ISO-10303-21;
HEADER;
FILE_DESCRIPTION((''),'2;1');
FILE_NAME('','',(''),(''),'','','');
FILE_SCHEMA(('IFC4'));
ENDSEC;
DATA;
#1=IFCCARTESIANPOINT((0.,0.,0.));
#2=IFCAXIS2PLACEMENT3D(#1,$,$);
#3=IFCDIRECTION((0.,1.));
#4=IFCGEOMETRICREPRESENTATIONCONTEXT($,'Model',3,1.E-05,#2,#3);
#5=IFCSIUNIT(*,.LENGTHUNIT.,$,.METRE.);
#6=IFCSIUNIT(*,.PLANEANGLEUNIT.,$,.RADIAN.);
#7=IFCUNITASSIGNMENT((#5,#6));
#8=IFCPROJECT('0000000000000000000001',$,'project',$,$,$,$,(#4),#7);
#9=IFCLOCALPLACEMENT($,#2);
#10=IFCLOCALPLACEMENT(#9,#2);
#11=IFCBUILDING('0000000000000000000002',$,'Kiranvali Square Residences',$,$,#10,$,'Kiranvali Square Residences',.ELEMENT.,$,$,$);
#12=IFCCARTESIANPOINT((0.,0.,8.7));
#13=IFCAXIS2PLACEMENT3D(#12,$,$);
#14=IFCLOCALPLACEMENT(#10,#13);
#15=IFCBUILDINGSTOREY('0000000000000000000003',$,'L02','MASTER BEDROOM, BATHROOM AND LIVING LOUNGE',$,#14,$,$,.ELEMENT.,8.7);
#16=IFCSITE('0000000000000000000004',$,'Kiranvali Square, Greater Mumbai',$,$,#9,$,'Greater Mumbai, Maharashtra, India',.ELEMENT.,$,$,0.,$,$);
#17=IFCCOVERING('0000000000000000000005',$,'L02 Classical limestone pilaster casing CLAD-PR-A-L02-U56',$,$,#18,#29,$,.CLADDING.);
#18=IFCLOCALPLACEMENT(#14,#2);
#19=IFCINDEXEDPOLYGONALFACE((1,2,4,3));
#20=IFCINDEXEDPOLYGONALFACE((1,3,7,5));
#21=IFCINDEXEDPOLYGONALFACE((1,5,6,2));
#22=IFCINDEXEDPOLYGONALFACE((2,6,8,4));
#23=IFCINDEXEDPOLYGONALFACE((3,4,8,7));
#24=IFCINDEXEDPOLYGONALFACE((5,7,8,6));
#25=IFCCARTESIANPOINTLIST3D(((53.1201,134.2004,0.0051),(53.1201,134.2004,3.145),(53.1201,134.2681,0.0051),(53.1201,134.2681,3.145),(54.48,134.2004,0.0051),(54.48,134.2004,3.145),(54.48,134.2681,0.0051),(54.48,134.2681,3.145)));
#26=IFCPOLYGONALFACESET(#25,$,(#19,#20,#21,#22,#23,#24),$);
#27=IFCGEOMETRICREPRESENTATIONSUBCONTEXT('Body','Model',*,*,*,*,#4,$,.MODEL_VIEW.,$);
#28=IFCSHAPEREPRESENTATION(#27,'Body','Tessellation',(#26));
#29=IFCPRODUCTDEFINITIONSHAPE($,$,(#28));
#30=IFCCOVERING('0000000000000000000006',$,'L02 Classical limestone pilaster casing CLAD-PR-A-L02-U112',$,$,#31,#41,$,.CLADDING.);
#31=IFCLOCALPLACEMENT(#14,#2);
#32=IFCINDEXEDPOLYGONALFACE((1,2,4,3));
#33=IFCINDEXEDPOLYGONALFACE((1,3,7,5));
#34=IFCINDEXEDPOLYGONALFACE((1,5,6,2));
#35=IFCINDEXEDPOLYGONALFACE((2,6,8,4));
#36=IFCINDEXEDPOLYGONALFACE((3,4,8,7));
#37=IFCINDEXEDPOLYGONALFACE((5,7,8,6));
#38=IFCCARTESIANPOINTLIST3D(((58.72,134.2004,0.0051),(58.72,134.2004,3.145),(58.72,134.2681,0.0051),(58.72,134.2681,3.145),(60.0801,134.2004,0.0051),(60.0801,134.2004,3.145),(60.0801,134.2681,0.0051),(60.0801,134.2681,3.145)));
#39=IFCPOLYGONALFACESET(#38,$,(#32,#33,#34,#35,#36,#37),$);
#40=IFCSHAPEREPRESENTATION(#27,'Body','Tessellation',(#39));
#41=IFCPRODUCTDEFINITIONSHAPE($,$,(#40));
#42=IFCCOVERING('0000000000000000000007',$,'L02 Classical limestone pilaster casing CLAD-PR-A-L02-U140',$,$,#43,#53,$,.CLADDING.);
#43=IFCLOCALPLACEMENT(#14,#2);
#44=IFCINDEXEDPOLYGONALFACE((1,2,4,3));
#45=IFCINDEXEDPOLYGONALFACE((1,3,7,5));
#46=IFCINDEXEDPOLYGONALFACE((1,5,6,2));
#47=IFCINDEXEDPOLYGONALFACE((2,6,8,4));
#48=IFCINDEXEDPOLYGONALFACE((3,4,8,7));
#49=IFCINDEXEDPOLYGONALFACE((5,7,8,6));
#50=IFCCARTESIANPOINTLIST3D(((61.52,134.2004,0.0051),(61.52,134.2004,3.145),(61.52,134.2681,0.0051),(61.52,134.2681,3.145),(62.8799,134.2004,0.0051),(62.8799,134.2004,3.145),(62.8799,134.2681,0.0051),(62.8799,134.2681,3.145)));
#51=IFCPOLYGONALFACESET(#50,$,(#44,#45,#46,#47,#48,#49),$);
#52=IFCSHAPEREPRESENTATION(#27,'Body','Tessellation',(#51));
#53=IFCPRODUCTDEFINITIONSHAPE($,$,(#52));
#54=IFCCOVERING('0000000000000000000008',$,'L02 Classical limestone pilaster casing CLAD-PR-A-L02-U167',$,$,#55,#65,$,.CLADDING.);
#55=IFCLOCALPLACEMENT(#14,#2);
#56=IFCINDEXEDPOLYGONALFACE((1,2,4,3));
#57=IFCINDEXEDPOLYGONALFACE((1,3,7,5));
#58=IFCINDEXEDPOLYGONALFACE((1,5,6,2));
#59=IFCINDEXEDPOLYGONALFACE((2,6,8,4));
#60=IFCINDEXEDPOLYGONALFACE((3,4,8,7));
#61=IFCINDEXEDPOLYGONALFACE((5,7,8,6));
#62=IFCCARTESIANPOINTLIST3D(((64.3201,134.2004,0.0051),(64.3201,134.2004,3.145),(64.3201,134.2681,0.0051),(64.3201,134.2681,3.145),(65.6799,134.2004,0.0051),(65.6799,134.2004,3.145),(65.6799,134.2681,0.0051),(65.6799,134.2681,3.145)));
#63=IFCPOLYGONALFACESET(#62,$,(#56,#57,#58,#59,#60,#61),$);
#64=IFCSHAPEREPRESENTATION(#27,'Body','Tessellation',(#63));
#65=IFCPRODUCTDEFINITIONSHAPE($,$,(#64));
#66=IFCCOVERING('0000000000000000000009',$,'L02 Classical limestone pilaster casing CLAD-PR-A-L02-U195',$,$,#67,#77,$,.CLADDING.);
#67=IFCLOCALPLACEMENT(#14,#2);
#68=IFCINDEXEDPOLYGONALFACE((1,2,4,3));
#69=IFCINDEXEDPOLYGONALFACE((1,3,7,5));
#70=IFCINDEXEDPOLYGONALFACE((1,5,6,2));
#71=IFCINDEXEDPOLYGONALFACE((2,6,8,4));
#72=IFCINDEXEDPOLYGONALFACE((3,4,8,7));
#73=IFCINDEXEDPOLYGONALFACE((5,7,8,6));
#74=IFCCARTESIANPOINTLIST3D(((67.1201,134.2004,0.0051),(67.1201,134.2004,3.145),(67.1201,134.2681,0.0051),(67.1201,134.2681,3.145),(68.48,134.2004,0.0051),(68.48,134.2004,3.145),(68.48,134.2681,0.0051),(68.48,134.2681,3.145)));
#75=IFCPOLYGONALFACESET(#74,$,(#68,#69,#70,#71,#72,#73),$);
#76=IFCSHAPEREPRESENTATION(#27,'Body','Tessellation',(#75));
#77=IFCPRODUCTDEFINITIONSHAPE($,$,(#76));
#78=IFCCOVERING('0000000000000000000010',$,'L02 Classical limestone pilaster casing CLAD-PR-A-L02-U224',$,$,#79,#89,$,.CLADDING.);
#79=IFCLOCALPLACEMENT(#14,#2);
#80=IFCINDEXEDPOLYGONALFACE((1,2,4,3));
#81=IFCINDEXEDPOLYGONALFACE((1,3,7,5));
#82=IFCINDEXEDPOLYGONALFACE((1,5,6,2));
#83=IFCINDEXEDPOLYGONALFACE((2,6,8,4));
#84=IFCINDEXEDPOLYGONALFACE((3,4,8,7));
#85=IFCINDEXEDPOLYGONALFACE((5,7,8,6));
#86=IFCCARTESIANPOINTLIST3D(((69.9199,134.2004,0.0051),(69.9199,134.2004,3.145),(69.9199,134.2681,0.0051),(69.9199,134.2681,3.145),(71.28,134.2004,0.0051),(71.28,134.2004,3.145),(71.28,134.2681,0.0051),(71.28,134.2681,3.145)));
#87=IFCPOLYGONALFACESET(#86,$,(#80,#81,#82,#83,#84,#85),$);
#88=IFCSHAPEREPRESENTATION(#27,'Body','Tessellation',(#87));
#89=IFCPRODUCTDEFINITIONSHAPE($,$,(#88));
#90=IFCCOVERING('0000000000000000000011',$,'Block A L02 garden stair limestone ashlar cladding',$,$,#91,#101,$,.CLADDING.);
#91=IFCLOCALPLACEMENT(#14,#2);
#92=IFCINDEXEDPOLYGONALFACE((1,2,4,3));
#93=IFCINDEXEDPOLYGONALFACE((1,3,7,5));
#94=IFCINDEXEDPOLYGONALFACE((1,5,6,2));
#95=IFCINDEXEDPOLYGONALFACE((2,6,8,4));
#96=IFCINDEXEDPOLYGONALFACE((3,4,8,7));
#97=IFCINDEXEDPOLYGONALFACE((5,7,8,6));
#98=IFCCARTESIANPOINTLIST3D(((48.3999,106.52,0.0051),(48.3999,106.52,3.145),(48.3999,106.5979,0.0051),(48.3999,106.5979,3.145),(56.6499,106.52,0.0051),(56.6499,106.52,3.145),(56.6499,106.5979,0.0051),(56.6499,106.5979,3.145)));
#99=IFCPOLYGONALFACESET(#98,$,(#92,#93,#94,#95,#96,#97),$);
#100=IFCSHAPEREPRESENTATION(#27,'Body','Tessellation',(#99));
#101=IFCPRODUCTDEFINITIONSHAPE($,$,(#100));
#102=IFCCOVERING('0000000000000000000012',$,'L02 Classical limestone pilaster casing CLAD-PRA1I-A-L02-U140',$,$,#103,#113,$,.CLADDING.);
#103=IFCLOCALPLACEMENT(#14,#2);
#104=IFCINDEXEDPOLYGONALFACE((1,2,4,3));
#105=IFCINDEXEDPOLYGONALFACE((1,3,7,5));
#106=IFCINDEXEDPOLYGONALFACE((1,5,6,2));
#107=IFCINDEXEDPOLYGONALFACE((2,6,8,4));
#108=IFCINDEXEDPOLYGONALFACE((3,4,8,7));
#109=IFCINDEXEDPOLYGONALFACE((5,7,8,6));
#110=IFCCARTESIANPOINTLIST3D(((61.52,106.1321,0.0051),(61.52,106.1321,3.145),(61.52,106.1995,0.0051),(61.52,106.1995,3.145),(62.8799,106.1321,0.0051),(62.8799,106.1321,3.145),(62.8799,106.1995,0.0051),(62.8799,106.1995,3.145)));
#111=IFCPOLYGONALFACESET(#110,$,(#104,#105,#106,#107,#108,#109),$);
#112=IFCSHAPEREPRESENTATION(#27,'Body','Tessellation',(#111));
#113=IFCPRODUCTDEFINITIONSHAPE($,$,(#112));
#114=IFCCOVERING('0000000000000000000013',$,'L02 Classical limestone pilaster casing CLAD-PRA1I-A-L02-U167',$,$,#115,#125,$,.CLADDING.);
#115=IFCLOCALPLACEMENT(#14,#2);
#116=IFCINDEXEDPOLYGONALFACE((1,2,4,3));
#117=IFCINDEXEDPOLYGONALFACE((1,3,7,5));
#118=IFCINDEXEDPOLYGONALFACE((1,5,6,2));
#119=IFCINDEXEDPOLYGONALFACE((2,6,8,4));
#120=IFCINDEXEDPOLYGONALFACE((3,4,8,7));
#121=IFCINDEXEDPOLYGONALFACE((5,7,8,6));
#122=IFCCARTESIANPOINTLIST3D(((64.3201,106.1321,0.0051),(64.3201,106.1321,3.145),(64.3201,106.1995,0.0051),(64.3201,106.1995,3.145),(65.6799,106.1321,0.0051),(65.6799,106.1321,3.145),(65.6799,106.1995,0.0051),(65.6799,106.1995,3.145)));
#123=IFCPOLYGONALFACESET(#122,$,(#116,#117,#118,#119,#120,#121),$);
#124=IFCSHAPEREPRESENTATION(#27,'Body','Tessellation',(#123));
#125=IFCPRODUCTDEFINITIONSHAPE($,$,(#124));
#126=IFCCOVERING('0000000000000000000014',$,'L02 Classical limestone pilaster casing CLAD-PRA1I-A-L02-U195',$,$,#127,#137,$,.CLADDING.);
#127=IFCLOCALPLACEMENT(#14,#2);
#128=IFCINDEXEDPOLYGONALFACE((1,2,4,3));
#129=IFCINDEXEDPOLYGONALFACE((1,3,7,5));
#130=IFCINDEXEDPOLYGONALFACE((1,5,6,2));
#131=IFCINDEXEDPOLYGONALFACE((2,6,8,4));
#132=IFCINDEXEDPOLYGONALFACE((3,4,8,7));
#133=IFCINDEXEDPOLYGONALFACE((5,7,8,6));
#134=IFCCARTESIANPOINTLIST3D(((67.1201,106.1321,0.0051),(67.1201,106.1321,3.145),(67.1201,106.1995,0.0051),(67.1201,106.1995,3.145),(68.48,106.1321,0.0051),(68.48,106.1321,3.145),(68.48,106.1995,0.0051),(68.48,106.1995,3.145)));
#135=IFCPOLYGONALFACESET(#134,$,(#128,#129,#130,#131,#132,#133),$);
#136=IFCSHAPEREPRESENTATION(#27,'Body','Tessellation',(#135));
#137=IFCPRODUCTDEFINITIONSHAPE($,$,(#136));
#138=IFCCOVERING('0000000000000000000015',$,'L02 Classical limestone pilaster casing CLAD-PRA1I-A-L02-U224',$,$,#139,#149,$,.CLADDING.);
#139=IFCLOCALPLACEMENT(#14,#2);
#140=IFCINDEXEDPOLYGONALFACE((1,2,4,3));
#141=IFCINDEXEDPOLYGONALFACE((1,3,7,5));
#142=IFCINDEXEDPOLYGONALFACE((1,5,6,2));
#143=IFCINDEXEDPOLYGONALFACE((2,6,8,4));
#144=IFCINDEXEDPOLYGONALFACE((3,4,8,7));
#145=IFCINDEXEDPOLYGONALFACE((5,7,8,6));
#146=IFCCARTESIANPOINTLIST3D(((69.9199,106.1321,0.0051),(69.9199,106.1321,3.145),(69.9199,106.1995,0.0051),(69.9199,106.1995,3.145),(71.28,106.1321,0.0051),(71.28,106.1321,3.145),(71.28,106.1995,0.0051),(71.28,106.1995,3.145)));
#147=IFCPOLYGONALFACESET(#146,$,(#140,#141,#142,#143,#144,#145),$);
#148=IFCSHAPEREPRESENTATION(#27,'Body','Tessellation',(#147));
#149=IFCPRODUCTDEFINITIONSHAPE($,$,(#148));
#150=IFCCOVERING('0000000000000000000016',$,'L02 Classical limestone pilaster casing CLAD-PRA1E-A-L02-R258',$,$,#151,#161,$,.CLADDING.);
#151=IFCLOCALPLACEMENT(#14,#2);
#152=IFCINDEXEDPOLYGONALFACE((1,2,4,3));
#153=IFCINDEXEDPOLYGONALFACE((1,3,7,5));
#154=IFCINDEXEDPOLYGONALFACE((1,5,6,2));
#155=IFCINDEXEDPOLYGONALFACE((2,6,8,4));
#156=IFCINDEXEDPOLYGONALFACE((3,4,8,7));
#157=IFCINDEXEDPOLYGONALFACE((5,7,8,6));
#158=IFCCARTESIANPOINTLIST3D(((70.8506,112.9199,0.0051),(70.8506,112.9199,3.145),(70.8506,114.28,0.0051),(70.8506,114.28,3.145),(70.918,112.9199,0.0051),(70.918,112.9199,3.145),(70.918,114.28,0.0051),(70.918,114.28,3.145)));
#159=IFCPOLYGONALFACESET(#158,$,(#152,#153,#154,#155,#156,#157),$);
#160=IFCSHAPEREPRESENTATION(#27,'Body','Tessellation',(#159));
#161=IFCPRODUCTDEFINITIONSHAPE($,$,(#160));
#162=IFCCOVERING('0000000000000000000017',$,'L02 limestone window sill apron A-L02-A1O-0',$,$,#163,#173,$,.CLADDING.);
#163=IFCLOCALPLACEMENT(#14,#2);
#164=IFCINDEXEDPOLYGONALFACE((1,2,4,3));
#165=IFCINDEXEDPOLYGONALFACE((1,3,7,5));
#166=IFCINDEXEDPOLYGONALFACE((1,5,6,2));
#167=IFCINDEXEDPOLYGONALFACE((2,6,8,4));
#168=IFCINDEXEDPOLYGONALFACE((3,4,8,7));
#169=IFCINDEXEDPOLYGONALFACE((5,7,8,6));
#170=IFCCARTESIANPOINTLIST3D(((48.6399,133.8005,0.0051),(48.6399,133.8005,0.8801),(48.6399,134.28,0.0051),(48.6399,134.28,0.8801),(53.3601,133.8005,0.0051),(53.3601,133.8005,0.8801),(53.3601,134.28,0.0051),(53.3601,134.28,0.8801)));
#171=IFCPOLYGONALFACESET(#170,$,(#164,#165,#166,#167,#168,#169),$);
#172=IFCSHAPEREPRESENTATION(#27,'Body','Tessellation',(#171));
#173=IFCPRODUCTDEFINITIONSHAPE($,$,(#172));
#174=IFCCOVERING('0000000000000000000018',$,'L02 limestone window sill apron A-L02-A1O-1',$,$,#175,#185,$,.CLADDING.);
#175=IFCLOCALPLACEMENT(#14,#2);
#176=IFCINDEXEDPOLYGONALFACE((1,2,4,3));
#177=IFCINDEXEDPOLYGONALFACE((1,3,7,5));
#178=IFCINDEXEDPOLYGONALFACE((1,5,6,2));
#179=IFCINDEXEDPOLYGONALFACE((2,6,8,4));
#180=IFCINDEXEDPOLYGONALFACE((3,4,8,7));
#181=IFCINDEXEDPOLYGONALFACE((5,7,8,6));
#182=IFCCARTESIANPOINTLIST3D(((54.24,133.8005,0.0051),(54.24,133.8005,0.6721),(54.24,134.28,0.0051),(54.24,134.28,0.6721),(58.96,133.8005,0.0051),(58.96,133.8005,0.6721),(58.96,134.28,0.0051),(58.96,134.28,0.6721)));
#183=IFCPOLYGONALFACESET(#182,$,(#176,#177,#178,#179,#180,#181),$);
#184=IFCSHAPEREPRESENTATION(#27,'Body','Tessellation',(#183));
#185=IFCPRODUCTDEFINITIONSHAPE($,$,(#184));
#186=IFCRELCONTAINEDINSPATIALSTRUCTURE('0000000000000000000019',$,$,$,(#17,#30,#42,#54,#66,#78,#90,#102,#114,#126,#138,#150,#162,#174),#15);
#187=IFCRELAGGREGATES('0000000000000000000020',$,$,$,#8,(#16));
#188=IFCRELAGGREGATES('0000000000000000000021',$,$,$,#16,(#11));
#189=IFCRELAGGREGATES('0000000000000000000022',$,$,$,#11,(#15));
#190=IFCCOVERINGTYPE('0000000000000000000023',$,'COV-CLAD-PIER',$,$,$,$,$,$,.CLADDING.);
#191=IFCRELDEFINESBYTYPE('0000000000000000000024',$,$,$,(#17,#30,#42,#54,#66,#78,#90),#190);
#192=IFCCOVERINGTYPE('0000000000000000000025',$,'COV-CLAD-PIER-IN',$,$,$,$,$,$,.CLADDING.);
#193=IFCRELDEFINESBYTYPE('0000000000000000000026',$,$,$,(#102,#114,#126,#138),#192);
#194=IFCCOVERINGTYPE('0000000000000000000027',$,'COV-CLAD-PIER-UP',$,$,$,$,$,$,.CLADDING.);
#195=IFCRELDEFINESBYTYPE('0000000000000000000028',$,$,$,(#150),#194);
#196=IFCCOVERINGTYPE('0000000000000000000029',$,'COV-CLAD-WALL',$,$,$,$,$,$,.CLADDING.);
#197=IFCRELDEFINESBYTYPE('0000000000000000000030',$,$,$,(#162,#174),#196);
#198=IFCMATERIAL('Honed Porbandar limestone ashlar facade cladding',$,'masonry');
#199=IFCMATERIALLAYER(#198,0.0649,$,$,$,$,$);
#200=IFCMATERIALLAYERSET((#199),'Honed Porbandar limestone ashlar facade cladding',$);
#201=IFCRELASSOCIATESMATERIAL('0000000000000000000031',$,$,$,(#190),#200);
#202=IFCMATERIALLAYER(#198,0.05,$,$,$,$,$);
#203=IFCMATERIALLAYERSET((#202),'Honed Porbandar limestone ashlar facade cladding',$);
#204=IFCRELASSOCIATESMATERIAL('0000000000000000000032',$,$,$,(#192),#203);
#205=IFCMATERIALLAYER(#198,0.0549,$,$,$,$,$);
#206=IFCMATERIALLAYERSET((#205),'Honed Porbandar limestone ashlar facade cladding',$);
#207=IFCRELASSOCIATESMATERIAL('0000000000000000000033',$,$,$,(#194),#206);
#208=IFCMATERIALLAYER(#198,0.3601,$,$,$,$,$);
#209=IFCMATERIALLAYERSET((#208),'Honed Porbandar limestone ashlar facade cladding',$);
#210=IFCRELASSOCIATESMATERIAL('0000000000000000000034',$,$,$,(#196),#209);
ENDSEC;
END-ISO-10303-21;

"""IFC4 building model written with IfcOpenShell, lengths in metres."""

from ifc_helpers import new_model, si_unit, direction, frame, origin, place, context, subcontext, project, spatial, polyline, outline, extrude, material, layer, layer_set, type_object, element, save


model = new_model("IFC4")

# Units and contexts
model_context = context("Model", 3, precision=1e-05, world=origin(), true_north=direction((0.0, 1.0)))
body_context = subcontext(model_context, "Body", "Model", "MODEL_VIEW")
ifc_project = project(units=[si_unit("LENGTHUNIT", "METRE"), si_unit("PLANEANGLEUNIT", "RADIAN")], contexts=[model_context])

# Site, building, storey
site_placement = place(None, origin())
site = spatial("IfcSite", under=ifc_project, at=site_placement, Name="Kiranvali Square, Greater Mumbai", LongName="Greater Mumbai, Maharashtra, India", CompositionType="ELEMENT", RefElevation=0.0)
building_placement = place(site_placement, origin())
building = spatial("IfcBuilding", under=site, at=building_placement, Name="Kiranvali Square Residences", LongName="Kiranvali Square Residences", CompositionType="ELEMENT")
storey_placement = place(building_placement, frame((0.0, 0.0, 8.7)))
storey = spatial("IfcBuildingStorey", under=building, at=storey_placement, Name="L02", Description="MASTER BEDROOM, BATHROOM AND LIVING LOUNGE", CompositionType="ELEMENT", Elevation=8.7)

# Coverings
ifc_material = material(Name="Honed Porbandar limestone ashlar facade cladding", Category="masonry")
ifc_layer_1 = layer(ifc_material, 0.0649)
ifc_layer_set_1 = layer_set([ifc_layer_1], Name="Honed Porbandar limestone ashlar facade cladding")
covering_type_1 = type_object("IfcCoveringType", Name="COV-CLAD-PIER", PredefinedType="CLADDING", material=ifc_layer_set_1)
covering_1_placement = place(storey_placement, frame((0.0, 0.0, 0.0051)))
element("IfcCovering", 1, at=covering_1_placement, inside=storey, type_object=covering_type_1, Name="L02 Classical limestone pilaster casing CLAD-PR-A-L02-U56", PredefinedType="CLADDING", context=body_context, shape_type="SweptSolid", body=[
    extrude(outline(polyline([(53.1201, 134.2004), (54.48, 134.2004), (54.48, 134.2681), (53.1201, 134.2681), (53.1201, 134.2004)])), origin(), (0.0, 0.0, 1.0), 3.1399),
])
covering_2_placement = place(storey_placement, frame((0.0, 0.0, 0.0051)))
element("IfcCovering", 2, at=covering_2_placement, inside=storey, type_object=covering_type_1, Name="L02 Classical limestone pilaster casing CLAD-PR-A-L02-U112", PredefinedType="CLADDING", context=body_context, shape_type="SweptSolid", body=[
    extrude(outline(polyline([(58.72, 134.2004), (60.0801, 134.2004), (60.0801, 134.2681), (58.72, 134.2681), (58.72, 134.2004)])), origin(), (0.0, 0.0, 1.0), 3.1399),
])
covering_3_placement = place(storey_placement, frame((0.0, 0.0, 0.0051)))
element("IfcCovering", 3, at=covering_3_placement, inside=storey, type_object=covering_type_1, Name="L02 Classical limestone pilaster casing CLAD-PR-A-L02-U140", PredefinedType="CLADDING", context=body_context, shape_type="SweptSolid", body=[
    extrude(outline(polyline([(61.52, 134.2004), (62.8799, 134.2004), (62.8799, 134.2681), (61.52, 134.2681), (61.52, 134.2004)])), origin(), (0.0, 0.0, 1.0), 3.1399),
])
covering_4_placement = place(storey_placement, frame((0.0, 0.0, 0.0051)))
element("IfcCovering", 4, at=covering_4_placement, inside=storey, type_object=covering_type_1, Name="L02 Classical limestone pilaster casing CLAD-PR-A-L02-U167", PredefinedType="CLADDING", context=body_context, shape_type="SweptSolid", body=[
    extrude(outline(polyline([(64.3201, 134.2004), (65.6799, 134.2004), (65.6799, 134.2681), (64.3201, 134.2681), (64.3201, 134.2004)])), origin(), (0.0, 0.0, 1.0), 3.1399),
])
covering_5_placement = place(storey_placement, frame((0.0, 0.0, 0.0051)))
element("IfcCovering", 5, at=covering_5_placement, inside=storey, type_object=covering_type_1, Name="L02 Classical limestone pilaster casing CLAD-PR-A-L02-U195", PredefinedType="CLADDING", context=body_context, shape_type="SweptSolid", body=[
    extrude(outline(polyline([(67.1201, 134.2004), (68.48, 134.2004), (68.48, 134.2681), (67.1201, 134.2681), (67.1201, 134.2004)])), origin(), (0.0, 0.0, 1.0), 3.1399),
])
covering_6_placement = place(storey_placement, frame((0.0, 0.0, 0.0051)))
element("IfcCovering", 6, at=covering_6_placement, inside=storey, type_object=covering_type_1, Name="L02 Classical limestone pilaster casing CLAD-PR-A-L02-U224", PredefinedType="CLADDING", context=body_context, shape_type="SweptSolid", body=[
    extrude(outline(polyline([(69.9199, 134.2004), (71.28, 134.2004), (71.28, 134.2681), (69.9199, 134.2681), (69.9199, 134.2004)])), origin(), (0.0, 0.0, 1.0), 3.1399),
])
covering_7_placement = place(storey_placement, frame((0.0, 0.0, 0.0051)))
element("IfcCovering", 7, at=covering_7_placement, inside=storey, type_object=covering_type_1, Name="Block A L02 garden stair limestone ashlar cladding", PredefinedType="CLADDING", context=body_context, shape_type="SweptSolid", body=[
    extrude(outline(polyline([(48.3999, 106.52), (56.6499, 106.52), (56.6499, 106.5979), (48.3999, 106.5979), (48.3999, 106.52)])), origin(), (0.0, 0.0, 1.0), 3.1399),
])
ifc_layer_2 = layer(ifc_material, 0.05)
ifc_layer_set_2 = layer_set([ifc_layer_2], Name="Honed Porbandar limestone ashlar facade cladding")
covering_type_2 = type_object("IfcCoveringType", Name="COV-CLAD-PIER-IN", PredefinedType="CLADDING", material=ifc_layer_set_2)
covering_8_placement = place(storey_placement, frame((0.0, 0.0, 0.0051)))
element("IfcCovering", 8, at=covering_8_placement, inside=storey, type_object=covering_type_2, Name="L02 Classical limestone pilaster casing CLAD-PRA1I-A-L02-U140", PredefinedType="CLADDING", context=body_context, shape_type="SweptSolid", body=[
    extrude(outline(polyline([(61.52, 106.1321), (62.8799, 106.1321), (62.8799, 106.1995), (61.52, 106.1995), (61.52, 106.1321)])), origin(), (0.0, 0.0, 1.0), 3.1399),
])
covering_9_placement = place(storey_placement, frame((0.0, 0.0, 0.0051)))
element("IfcCovering", 9, at=covering_9_placement, inside=storey, type_object=covering_type_2, Name="L02 Classical limestone pilaster casing CLAD-PRA1I-A-L02-U167", PredefinedType="CLADDING", context=body_context, shape_type="SweptSolid", body=[
    extrude(outline(polyline([(64.3201, 106.1321), (65.6799, 106.1321), (65.6799, 106.1995), (64.3201, 106.1995), (64.3201, 106.1321)])), origin(), (0.0, 0.0, 1.0), 3.1399),
])
covering_10_placement = place(storey_placement, frame((0.0, 0.0, 0.0051)))
element("IfcCovering", 10, at=covering_10_placement, inside=storey, type_object=covering_type_2, Name="L02 Classical limestone pilaster casing CLAD-PRA1I-A-L02-U195", PredefinedType="CLADDING", context=body_context, shape_type="SweptSolid", body=[
    extrude(outline(polyline([(67.1201, 106.1321), (68.48, 106.1321), (68.48, 106.1995), (67.1201, 106.1995), (67.1201, 106.1321)])), origin(), (0.0, 0.0, 1.0), 3.1399),
])
covering_11_placement = place(storey_placement, frame((0.0, 0.0, 0.0051)))
element("IfcCovering", 11, at=covering_11_placement, inside=storey, type_object=covering_type_2, Name="L02 Classical limestone pilaster casing CLAD-PRA1I-A-L02-U224", PredefinedType="CLADDING", context=body_context, shape_type="SweptSolid", body=[
    extrude(outline(polyline([(69.9199, 106.1321), (71.28, 106.1321), (71.28, 106.1995), (69.9199, 106.1995), (69.9199, 106.1321)])), origin(), (0.0, 0.0, 1.0), 3.1399),
])
ifc_layer_3 = layer(ifc_material, 0.0549)
ifc_layer_set_3 = layer_set([ifc_layer_3], Name="Honed Porbandar limestone ashlar facade cladding")
covering_type_3 = type_object("IfcCoveringType", Name="COV-CLAD-PIER-UP", PredefinedType="CLADDING", material=ifc_layer_set_3)
covering_12_placement = place(storey_placement, frame((0.0, 0.0, 0.0051)))
element("IfcCovering", 12, at=covering_12_placement, inside=storey, type_object=covering_type_3, Name="L02 Classical limestone pilaster casing CLAD-PRA1E-A-L02-R258", PredefinedType="CLADDING", context=body_context, shape_type="SweptSolid", body=[
    extrude(outline(polyline([(70.918, 112.9199), (70.918, 114.28), (70.8506, 114.28), (70.8506, 112.9199), (70.918, 112.9199)])), origin(), (0.0, 0.0, 1.0), 3.1399),
])
ifc_layer_4 = layer(ifc_material, 0.3601)
ifc_layer_set_4 = layer_set([ifc_layer_4], Name="Honed Porbandar limestone ashlar facade cladding")
covering_type_4 = type_object("IfcCoveringType", Name="COV-CLAD-WALL", PredefinedType="CLADDING", material=ifc_layer_set_4)
covering_13_placement = place(storey_placement, frame((0.0, 0.0, 0.0051)))
element("IfcCovering", 13, at=covering_13_placement, inside=storey, type_object=covering_type_4, Name="L02 limestone window sill apron A-L02-A1O-0", PredefinedType="CLADDING", context=body_context, shape_type="SweptSolid", body=[
    extrude(outline(polyline([(48.6399, 133.8005), (53.3601, 133.8005), (53.3601, 134.28), (48.6399, 134.28), (48.6399, 133.8005)])), origin(), (0.0, 0.0, 1.0), 0.875),
])
covering_14_placement = place(storey_placement, frame((0.0, 0.0, 0.0051)))
element("IfcCovering", 14, at=covering_14_placement, inside=storey, type_object=covering_type_4, Name="L02 limestone window sill apron A-L02-A1O-1", PredefinedType="CLADDING", context=body_context, shape_type="SweptSolid", body=[
    extrude(outline(polyline([(54.24, 133.8005), (58.96, 133.8005), (58.96, 134.28), (54.24, 134.28), (54.24, 133.8005)])), origin(), (0.0, 0.0, 1.0), 0.667),
])

save(model, "model.ifc")
